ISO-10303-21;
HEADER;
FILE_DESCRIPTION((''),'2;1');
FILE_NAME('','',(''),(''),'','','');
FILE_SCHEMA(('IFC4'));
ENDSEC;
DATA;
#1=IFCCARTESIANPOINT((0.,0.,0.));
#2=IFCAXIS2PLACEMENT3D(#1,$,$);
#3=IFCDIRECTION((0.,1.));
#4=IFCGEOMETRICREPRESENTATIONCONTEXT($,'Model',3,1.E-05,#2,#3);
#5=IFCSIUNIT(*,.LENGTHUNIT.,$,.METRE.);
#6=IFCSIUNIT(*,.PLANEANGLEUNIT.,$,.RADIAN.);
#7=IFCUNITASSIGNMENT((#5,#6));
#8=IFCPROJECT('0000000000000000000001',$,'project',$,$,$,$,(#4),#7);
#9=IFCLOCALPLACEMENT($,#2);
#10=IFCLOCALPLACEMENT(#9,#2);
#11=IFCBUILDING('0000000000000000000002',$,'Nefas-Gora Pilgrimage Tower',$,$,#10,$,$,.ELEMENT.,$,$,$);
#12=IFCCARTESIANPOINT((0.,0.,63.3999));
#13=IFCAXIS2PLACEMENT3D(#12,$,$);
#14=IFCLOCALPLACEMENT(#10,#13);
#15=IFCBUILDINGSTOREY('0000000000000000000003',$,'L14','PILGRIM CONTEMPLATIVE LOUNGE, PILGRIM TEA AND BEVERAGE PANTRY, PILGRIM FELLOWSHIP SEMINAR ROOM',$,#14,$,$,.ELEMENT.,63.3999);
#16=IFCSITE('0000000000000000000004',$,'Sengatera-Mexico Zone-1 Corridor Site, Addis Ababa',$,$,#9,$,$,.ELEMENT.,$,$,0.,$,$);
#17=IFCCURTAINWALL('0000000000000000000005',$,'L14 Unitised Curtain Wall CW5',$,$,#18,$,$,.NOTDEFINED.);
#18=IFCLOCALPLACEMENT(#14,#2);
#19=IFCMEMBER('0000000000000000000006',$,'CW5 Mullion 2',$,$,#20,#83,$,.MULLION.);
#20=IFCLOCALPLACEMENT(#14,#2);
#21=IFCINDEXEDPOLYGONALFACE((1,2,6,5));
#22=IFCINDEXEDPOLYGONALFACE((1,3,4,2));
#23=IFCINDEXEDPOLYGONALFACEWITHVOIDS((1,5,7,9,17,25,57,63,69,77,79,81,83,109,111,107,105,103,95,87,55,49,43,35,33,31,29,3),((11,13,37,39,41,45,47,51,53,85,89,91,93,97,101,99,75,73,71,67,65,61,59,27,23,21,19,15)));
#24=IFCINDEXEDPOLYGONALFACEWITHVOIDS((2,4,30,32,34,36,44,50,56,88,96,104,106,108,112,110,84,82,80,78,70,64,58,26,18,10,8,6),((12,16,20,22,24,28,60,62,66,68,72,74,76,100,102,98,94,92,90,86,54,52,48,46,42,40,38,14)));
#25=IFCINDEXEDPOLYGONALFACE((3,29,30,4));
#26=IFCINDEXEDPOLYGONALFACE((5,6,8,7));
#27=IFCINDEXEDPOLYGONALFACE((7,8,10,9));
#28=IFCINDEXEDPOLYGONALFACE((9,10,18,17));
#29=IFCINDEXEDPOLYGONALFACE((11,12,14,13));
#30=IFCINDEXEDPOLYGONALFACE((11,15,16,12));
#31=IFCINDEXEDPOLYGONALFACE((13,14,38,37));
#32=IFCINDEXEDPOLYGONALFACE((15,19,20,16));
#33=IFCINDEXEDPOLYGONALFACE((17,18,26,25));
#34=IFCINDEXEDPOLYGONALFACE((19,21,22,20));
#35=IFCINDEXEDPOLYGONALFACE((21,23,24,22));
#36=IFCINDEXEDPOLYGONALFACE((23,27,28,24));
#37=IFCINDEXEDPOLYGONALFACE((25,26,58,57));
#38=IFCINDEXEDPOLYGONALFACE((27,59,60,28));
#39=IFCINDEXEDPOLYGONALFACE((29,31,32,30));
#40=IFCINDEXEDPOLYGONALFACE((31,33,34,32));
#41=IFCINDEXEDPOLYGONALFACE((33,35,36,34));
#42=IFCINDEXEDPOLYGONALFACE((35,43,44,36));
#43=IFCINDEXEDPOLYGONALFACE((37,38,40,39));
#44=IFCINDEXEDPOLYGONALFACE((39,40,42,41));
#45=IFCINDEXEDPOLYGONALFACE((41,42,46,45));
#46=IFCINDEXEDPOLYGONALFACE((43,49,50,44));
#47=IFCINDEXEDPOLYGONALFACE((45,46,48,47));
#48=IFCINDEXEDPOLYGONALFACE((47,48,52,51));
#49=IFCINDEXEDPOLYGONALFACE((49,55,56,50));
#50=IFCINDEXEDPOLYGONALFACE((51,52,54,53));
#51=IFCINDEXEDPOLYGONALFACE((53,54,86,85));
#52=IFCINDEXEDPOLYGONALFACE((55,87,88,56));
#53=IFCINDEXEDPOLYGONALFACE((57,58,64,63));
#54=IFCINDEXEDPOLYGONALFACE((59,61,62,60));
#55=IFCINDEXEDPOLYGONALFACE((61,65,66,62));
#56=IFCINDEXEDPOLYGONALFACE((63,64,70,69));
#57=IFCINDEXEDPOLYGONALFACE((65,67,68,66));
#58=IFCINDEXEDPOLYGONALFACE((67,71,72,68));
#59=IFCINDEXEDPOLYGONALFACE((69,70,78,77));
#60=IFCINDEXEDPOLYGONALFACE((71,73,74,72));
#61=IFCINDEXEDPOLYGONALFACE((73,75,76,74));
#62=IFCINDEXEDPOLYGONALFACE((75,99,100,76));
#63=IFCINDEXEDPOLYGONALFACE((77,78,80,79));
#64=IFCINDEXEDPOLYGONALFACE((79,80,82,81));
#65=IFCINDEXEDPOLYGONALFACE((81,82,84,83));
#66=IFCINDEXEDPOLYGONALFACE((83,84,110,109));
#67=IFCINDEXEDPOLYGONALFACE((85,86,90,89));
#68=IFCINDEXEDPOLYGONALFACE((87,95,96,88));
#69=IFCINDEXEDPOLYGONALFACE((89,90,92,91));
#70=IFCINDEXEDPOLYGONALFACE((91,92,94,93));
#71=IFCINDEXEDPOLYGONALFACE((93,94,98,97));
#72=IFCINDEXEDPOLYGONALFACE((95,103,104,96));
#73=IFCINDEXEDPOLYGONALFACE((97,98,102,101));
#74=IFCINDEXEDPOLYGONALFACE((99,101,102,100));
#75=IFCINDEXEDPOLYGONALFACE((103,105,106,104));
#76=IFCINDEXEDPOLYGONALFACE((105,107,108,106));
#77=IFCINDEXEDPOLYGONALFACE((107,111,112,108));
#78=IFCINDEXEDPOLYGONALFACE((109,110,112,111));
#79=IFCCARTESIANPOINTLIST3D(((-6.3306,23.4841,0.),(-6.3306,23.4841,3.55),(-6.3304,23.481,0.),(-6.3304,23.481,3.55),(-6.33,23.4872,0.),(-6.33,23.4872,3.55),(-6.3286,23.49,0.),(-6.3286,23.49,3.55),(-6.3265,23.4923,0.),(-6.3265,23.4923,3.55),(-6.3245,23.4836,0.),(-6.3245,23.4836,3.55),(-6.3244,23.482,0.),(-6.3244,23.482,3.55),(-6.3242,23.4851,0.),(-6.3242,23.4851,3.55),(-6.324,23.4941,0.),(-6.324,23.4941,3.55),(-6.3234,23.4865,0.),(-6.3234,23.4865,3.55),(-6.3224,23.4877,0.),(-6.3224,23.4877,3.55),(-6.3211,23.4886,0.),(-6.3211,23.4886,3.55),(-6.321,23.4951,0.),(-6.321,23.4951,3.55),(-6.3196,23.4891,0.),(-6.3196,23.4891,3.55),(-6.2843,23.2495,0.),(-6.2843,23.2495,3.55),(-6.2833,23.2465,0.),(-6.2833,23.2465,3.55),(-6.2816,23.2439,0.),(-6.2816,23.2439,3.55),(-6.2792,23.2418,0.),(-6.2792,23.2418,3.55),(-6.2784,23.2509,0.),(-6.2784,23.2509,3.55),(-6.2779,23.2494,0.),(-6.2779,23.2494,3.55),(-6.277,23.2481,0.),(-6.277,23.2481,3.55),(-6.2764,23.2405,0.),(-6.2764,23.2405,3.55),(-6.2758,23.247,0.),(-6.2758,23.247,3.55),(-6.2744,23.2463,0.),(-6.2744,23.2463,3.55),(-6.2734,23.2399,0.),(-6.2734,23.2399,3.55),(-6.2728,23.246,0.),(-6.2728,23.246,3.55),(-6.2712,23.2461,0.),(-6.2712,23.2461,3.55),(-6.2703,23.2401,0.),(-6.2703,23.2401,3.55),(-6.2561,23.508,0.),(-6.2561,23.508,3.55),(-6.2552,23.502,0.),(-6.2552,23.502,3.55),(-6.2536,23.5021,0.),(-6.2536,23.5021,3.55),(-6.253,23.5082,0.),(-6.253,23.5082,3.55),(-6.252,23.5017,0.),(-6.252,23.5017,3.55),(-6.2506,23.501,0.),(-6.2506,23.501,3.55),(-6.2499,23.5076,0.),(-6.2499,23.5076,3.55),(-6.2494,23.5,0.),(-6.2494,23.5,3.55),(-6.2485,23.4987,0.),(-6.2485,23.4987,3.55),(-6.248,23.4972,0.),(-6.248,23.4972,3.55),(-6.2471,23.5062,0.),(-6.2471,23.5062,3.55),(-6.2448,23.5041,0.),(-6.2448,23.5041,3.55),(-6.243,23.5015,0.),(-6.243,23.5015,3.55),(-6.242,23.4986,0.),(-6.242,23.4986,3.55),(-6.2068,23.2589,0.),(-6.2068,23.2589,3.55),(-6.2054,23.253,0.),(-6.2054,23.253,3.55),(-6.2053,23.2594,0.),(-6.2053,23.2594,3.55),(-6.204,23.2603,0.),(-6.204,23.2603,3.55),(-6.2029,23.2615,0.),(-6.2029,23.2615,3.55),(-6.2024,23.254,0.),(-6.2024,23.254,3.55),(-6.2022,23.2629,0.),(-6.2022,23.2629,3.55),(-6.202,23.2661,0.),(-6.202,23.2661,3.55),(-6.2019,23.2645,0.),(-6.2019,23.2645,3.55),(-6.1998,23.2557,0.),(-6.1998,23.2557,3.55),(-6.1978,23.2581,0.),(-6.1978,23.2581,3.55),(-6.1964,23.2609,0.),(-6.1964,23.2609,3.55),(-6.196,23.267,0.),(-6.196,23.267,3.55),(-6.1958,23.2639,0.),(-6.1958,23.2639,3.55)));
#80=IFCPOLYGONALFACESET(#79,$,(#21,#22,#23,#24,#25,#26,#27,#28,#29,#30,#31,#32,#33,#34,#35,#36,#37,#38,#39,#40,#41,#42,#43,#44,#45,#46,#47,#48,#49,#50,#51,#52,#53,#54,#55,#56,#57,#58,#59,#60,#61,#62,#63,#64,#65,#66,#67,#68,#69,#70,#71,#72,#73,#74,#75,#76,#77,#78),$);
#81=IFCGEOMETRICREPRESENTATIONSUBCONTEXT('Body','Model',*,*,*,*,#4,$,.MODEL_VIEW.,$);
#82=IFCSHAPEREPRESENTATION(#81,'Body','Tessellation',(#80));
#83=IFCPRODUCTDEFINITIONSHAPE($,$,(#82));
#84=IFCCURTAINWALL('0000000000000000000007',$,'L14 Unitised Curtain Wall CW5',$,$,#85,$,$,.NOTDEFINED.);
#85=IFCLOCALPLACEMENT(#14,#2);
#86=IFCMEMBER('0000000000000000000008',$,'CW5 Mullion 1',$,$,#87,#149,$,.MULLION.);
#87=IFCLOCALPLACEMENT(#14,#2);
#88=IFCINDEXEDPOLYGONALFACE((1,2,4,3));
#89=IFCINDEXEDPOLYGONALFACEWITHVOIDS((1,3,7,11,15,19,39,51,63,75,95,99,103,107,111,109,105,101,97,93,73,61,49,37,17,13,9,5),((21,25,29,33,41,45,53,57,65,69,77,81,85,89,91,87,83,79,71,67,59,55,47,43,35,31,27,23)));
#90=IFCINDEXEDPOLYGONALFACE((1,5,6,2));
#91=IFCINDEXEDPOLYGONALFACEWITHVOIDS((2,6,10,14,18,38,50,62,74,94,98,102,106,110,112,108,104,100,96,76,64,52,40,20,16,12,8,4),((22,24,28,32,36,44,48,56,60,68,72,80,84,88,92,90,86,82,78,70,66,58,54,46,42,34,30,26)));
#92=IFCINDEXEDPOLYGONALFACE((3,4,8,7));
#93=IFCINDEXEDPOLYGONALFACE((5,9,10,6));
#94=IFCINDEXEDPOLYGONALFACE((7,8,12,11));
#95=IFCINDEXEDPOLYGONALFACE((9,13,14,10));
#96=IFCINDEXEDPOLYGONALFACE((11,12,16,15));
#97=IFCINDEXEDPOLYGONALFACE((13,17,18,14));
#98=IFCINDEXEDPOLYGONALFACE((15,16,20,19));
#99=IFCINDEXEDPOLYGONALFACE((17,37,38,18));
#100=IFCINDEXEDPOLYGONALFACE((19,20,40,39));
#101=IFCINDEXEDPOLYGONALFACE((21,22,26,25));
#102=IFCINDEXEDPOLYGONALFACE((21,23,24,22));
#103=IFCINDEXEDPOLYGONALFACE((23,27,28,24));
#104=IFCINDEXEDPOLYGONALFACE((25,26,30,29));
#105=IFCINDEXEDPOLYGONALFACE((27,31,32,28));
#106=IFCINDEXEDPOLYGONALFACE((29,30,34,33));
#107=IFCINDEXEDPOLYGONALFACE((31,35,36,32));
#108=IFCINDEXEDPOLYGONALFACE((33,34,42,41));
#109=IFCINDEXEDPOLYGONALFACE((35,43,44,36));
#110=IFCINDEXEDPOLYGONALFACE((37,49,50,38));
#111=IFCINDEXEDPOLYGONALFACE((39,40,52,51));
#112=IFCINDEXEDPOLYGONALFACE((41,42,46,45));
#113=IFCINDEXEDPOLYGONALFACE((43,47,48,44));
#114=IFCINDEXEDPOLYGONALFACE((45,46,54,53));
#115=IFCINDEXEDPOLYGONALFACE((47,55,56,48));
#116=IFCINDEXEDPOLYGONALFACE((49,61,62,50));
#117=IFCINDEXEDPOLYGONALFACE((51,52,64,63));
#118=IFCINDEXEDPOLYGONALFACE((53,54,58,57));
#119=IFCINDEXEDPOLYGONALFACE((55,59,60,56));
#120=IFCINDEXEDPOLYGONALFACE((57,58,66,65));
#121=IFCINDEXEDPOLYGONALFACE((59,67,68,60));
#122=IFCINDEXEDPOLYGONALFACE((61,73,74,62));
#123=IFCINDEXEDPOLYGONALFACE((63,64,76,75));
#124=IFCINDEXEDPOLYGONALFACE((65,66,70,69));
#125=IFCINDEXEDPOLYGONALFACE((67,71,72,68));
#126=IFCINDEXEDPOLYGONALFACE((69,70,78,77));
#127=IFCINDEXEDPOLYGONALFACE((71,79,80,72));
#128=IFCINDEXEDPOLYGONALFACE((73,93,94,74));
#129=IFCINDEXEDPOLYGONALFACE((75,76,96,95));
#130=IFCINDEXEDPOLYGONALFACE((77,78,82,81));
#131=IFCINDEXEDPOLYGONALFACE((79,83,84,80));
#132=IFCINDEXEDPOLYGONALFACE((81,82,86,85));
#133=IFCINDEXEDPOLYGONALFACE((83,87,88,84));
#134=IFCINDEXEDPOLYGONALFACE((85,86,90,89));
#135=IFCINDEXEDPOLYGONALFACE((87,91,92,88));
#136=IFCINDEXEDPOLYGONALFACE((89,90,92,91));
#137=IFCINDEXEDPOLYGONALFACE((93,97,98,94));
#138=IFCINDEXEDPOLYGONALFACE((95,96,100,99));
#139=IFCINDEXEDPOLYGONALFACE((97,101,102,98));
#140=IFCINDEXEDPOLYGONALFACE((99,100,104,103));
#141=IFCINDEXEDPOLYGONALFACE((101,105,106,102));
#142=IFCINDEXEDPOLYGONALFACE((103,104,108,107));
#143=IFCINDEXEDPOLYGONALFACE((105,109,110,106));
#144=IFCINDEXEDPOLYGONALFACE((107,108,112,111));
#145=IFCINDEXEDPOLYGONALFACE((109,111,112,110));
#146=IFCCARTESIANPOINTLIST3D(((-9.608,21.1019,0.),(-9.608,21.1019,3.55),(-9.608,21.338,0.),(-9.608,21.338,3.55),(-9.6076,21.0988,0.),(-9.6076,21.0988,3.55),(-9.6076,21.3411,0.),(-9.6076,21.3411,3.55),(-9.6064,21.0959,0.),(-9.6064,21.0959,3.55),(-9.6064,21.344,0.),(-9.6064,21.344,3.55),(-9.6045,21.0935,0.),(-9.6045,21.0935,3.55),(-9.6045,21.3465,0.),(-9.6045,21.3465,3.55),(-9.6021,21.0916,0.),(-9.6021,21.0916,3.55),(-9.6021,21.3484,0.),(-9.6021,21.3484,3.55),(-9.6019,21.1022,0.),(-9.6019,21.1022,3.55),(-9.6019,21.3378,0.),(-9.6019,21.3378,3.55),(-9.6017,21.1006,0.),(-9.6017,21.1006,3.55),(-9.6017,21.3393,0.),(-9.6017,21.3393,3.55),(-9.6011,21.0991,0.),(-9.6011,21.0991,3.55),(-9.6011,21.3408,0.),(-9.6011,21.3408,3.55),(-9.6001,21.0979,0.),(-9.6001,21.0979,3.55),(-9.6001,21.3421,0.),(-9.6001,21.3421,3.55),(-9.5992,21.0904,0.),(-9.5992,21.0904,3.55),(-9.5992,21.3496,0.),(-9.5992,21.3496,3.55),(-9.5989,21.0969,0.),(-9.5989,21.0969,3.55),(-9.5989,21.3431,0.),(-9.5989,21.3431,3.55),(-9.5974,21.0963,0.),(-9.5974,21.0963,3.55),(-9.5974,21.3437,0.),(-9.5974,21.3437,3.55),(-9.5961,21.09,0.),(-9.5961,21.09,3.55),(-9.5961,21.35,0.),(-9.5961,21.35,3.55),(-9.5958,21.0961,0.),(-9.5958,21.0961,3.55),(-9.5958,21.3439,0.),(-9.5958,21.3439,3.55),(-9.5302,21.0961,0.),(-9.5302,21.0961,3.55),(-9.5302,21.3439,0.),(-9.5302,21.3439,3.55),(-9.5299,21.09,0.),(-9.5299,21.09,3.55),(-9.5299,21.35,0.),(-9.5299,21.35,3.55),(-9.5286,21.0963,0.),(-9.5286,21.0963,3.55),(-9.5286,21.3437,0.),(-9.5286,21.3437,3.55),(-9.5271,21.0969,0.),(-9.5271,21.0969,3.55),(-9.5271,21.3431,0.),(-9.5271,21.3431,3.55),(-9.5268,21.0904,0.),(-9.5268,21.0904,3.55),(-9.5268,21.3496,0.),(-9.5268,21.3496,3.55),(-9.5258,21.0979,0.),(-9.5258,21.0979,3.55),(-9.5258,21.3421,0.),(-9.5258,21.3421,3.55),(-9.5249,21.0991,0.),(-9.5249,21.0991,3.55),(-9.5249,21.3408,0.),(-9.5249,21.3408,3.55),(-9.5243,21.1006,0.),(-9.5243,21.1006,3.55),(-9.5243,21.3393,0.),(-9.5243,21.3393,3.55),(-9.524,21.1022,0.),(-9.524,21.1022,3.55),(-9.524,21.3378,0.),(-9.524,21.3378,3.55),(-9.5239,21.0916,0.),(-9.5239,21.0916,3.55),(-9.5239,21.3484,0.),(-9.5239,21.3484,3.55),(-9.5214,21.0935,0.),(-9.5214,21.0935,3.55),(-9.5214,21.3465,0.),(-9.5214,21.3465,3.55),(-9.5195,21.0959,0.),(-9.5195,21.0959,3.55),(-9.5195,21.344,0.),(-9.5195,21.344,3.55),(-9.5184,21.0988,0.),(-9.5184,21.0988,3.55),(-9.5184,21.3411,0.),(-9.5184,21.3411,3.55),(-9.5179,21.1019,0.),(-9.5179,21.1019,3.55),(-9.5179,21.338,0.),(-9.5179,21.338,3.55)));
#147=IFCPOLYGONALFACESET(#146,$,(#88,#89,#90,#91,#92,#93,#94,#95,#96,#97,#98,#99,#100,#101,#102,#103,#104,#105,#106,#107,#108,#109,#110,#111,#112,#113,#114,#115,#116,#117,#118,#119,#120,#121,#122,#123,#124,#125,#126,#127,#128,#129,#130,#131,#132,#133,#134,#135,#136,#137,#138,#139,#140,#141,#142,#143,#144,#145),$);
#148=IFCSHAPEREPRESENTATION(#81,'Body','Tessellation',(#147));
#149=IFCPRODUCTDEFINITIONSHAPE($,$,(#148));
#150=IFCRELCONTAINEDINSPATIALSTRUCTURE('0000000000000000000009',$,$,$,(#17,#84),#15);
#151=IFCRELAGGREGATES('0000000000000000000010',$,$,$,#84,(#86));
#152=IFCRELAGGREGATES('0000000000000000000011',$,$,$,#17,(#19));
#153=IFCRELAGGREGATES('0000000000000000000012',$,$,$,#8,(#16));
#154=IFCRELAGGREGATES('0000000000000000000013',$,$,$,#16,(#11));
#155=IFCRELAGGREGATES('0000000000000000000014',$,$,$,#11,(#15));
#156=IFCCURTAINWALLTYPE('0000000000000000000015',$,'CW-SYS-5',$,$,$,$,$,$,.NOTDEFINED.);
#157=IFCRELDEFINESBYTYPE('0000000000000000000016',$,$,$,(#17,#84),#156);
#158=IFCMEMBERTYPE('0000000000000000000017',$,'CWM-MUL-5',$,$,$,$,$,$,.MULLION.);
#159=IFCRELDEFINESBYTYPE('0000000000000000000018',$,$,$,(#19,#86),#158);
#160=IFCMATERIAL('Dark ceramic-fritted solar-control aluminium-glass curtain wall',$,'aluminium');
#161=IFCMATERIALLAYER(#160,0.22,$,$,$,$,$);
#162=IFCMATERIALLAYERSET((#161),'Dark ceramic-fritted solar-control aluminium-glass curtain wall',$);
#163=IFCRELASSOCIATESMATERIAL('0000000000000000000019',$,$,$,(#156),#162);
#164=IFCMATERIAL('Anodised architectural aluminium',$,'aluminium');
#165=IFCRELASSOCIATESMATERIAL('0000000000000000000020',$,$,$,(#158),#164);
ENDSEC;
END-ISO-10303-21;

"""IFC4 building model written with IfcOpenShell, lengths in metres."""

from ifc_helpers import new_model, si_unit, direction, frame, origin, origin_2d, place, context, subcontext, project, spatial, hollow_rectangle, extrude, source, transform, mapped, material, layer, layer_set, material_profile, profile_set, type_object, element, aggregate, save


model = new_model("IFC4")

# Units and contexts
model_context = context("Model", 3, precision=1e-05, world=origin(), true_north=direction((0.0, 1.0)))
body_context = subcontext(model_context, "Body", "Model", "MODEL_VIEW")
ifc_project = project(units=[si_unit("LENGTHUNIT", "METRE"), si_unit("PLANEANGLEUNIT", "RADIAN")], contexts=[model_context])

# Site, building, storey
site_placement = place(None, origin())
site = spatial("IfcSite", under=ifc_project, at=site_placement, Name="Sengatera-Mexico Zone-1 Corridor Site, Addis Ababa", CompositionType="ELEMENT", RefElevation=0.0)
building_placement = place(site_placement, origin())
building = spatial("IfcBuilding", under=site, at=building_placement, Name="Nefas-Gora Pilgrimage Tower", CompositionType="ELEMENT")
storey_placement = place(building_placement, frame((0.0, 0.0, 63.3999)))
storey = spatial("IfcBuildingStorey", under=building, at=storey_placement, Name="L14", Description="PILGRIM CONTEMPLATIVE LOUNGE, PILGRIM TEA AND BEVERAGE PANTRY, PILGRIM FELLOWSHIP SEMINAR ROOM", CompositionType="ELEMENT", Elevation=63.3999)

# Shared definitions
ifc_material_1 = material(Name="Dark ceramic-fritted solar-control aluminium-glass curtain wall", Category="aluminium")
ifc_layer_1 = layer(ifc_material_1, 0.22)
ifc_layer_set_1 = layer_set([ifc_layer_1], Name="Dark ceramic-fritted solar-control aluminium-glass curtain wall")
curtain_wall_type = type_object("IfcCurtainWallType", Name="CW-SYS-5", PredefinedType="NOTDEFINED", material=ifc_layer_set_1)
ifc_material_2 = material(Name="Anodised architectural aluminium", Category="aluminium")
ifc_material_profile_1 = material_profile(ifc_material_2, hollow_rectangle(XDim=0.0901, YDim=0.26, WallThickness=0.0061, InnerFilletRadius=0.0061, OuterFilletRadius=0.012, at=origin_2d()), Name="ALU MULLION 90x260")
ifc_profile_set_1 = profile_set([ifc_material_profile_1], Name="Anodised architectural aluminium")
member_type_1 = type_object("IfcMemberType", Name="CWM-MUL-5", PredefinedType="MULLION", material=ifc_profile_set_1)
shared_shape_1 = source(origin(), body_context, "Body", "SweptSolid", [
    extrude(hollow_rectangle(XDim=0.0901, YDim=0.26, WallThickness=0.0061, InnerFilletRadius=0.0061, OuterFilletRadius=0.012, at=origin_2d()), origin(), (0.0, 0.0, 1.0), 3.55),
])

# Curtain walls, members
curtain_wall_1_placement = place(storey_placement, origin())
curtain_wall_1 = element("IfcCurtainWall", 1, at=curtain_wall_1_placement, inside=storey, type_object=curtain_wall_type, Name="L14 Unitised Curtain Wall CW5", PredefinedType="NOTDEFINED")
member_1_placement = place(storey_placement, frame((-6.2632, 23.374, 0.0), z_axis=(0.0, 0.0, 1.0), x_axis=(-0.980783, -0.195102, 0.0)))
member_1 = element("IfcMember", 2, at=member_1_placement, type_object=member_type_1, Name="CW5 Mullion 2", PredefinedType="MULLION", context=body_context, shape_type="MappedRepresentation", body=[
    mapped(shared_shape_1, transform((0.0, 0.0, 0.0), x_axis=(1.0, 0.0, 0.0), y_axis=(0.0, 1.0, 0.0), z_axis=(0.0, 0.0, 1.0), scale=1.0)),
])
curtain_wall_2_placement = place(storey_placement, origin())
curtain_wall_2 = element("IfcCurtainWall", 3, at=curtain_wall_2_placement, inside=storey, type_object=curtain_wall_type, Name="L14 Unitised Curtain Wall CW5", PredefinedType="NOTDEFINED")
member_2_placement = place(storey_placement, frame((-9.563, 21.22, 0.0), z_axis=(0.0, 0.0, 1.0), x_axis=(-1.0, 0.0, 0.0)))
member_2 = element("IfcMember", 4, at=member_2_placement, type_object=member_type_1, Name="CW5 Mullion 1", PredefinedType="MULLION", context=body_context, shape_type="MappedRepresentation", body=[
    mapped(shared_shape_1, transform((0.0, 0.0, 0.0), x_axis=(1.0, 0.0, 0.0), y_axis=(0.0, 1.0, 0.0), z_axis=(0.0, 0.0, 1.0), scale=1.0)),
])
aggregate(curtain_wall_2, [member_2])

aggregate(curtain_wall_1, [member_1])

save(model, "model.ifc")
